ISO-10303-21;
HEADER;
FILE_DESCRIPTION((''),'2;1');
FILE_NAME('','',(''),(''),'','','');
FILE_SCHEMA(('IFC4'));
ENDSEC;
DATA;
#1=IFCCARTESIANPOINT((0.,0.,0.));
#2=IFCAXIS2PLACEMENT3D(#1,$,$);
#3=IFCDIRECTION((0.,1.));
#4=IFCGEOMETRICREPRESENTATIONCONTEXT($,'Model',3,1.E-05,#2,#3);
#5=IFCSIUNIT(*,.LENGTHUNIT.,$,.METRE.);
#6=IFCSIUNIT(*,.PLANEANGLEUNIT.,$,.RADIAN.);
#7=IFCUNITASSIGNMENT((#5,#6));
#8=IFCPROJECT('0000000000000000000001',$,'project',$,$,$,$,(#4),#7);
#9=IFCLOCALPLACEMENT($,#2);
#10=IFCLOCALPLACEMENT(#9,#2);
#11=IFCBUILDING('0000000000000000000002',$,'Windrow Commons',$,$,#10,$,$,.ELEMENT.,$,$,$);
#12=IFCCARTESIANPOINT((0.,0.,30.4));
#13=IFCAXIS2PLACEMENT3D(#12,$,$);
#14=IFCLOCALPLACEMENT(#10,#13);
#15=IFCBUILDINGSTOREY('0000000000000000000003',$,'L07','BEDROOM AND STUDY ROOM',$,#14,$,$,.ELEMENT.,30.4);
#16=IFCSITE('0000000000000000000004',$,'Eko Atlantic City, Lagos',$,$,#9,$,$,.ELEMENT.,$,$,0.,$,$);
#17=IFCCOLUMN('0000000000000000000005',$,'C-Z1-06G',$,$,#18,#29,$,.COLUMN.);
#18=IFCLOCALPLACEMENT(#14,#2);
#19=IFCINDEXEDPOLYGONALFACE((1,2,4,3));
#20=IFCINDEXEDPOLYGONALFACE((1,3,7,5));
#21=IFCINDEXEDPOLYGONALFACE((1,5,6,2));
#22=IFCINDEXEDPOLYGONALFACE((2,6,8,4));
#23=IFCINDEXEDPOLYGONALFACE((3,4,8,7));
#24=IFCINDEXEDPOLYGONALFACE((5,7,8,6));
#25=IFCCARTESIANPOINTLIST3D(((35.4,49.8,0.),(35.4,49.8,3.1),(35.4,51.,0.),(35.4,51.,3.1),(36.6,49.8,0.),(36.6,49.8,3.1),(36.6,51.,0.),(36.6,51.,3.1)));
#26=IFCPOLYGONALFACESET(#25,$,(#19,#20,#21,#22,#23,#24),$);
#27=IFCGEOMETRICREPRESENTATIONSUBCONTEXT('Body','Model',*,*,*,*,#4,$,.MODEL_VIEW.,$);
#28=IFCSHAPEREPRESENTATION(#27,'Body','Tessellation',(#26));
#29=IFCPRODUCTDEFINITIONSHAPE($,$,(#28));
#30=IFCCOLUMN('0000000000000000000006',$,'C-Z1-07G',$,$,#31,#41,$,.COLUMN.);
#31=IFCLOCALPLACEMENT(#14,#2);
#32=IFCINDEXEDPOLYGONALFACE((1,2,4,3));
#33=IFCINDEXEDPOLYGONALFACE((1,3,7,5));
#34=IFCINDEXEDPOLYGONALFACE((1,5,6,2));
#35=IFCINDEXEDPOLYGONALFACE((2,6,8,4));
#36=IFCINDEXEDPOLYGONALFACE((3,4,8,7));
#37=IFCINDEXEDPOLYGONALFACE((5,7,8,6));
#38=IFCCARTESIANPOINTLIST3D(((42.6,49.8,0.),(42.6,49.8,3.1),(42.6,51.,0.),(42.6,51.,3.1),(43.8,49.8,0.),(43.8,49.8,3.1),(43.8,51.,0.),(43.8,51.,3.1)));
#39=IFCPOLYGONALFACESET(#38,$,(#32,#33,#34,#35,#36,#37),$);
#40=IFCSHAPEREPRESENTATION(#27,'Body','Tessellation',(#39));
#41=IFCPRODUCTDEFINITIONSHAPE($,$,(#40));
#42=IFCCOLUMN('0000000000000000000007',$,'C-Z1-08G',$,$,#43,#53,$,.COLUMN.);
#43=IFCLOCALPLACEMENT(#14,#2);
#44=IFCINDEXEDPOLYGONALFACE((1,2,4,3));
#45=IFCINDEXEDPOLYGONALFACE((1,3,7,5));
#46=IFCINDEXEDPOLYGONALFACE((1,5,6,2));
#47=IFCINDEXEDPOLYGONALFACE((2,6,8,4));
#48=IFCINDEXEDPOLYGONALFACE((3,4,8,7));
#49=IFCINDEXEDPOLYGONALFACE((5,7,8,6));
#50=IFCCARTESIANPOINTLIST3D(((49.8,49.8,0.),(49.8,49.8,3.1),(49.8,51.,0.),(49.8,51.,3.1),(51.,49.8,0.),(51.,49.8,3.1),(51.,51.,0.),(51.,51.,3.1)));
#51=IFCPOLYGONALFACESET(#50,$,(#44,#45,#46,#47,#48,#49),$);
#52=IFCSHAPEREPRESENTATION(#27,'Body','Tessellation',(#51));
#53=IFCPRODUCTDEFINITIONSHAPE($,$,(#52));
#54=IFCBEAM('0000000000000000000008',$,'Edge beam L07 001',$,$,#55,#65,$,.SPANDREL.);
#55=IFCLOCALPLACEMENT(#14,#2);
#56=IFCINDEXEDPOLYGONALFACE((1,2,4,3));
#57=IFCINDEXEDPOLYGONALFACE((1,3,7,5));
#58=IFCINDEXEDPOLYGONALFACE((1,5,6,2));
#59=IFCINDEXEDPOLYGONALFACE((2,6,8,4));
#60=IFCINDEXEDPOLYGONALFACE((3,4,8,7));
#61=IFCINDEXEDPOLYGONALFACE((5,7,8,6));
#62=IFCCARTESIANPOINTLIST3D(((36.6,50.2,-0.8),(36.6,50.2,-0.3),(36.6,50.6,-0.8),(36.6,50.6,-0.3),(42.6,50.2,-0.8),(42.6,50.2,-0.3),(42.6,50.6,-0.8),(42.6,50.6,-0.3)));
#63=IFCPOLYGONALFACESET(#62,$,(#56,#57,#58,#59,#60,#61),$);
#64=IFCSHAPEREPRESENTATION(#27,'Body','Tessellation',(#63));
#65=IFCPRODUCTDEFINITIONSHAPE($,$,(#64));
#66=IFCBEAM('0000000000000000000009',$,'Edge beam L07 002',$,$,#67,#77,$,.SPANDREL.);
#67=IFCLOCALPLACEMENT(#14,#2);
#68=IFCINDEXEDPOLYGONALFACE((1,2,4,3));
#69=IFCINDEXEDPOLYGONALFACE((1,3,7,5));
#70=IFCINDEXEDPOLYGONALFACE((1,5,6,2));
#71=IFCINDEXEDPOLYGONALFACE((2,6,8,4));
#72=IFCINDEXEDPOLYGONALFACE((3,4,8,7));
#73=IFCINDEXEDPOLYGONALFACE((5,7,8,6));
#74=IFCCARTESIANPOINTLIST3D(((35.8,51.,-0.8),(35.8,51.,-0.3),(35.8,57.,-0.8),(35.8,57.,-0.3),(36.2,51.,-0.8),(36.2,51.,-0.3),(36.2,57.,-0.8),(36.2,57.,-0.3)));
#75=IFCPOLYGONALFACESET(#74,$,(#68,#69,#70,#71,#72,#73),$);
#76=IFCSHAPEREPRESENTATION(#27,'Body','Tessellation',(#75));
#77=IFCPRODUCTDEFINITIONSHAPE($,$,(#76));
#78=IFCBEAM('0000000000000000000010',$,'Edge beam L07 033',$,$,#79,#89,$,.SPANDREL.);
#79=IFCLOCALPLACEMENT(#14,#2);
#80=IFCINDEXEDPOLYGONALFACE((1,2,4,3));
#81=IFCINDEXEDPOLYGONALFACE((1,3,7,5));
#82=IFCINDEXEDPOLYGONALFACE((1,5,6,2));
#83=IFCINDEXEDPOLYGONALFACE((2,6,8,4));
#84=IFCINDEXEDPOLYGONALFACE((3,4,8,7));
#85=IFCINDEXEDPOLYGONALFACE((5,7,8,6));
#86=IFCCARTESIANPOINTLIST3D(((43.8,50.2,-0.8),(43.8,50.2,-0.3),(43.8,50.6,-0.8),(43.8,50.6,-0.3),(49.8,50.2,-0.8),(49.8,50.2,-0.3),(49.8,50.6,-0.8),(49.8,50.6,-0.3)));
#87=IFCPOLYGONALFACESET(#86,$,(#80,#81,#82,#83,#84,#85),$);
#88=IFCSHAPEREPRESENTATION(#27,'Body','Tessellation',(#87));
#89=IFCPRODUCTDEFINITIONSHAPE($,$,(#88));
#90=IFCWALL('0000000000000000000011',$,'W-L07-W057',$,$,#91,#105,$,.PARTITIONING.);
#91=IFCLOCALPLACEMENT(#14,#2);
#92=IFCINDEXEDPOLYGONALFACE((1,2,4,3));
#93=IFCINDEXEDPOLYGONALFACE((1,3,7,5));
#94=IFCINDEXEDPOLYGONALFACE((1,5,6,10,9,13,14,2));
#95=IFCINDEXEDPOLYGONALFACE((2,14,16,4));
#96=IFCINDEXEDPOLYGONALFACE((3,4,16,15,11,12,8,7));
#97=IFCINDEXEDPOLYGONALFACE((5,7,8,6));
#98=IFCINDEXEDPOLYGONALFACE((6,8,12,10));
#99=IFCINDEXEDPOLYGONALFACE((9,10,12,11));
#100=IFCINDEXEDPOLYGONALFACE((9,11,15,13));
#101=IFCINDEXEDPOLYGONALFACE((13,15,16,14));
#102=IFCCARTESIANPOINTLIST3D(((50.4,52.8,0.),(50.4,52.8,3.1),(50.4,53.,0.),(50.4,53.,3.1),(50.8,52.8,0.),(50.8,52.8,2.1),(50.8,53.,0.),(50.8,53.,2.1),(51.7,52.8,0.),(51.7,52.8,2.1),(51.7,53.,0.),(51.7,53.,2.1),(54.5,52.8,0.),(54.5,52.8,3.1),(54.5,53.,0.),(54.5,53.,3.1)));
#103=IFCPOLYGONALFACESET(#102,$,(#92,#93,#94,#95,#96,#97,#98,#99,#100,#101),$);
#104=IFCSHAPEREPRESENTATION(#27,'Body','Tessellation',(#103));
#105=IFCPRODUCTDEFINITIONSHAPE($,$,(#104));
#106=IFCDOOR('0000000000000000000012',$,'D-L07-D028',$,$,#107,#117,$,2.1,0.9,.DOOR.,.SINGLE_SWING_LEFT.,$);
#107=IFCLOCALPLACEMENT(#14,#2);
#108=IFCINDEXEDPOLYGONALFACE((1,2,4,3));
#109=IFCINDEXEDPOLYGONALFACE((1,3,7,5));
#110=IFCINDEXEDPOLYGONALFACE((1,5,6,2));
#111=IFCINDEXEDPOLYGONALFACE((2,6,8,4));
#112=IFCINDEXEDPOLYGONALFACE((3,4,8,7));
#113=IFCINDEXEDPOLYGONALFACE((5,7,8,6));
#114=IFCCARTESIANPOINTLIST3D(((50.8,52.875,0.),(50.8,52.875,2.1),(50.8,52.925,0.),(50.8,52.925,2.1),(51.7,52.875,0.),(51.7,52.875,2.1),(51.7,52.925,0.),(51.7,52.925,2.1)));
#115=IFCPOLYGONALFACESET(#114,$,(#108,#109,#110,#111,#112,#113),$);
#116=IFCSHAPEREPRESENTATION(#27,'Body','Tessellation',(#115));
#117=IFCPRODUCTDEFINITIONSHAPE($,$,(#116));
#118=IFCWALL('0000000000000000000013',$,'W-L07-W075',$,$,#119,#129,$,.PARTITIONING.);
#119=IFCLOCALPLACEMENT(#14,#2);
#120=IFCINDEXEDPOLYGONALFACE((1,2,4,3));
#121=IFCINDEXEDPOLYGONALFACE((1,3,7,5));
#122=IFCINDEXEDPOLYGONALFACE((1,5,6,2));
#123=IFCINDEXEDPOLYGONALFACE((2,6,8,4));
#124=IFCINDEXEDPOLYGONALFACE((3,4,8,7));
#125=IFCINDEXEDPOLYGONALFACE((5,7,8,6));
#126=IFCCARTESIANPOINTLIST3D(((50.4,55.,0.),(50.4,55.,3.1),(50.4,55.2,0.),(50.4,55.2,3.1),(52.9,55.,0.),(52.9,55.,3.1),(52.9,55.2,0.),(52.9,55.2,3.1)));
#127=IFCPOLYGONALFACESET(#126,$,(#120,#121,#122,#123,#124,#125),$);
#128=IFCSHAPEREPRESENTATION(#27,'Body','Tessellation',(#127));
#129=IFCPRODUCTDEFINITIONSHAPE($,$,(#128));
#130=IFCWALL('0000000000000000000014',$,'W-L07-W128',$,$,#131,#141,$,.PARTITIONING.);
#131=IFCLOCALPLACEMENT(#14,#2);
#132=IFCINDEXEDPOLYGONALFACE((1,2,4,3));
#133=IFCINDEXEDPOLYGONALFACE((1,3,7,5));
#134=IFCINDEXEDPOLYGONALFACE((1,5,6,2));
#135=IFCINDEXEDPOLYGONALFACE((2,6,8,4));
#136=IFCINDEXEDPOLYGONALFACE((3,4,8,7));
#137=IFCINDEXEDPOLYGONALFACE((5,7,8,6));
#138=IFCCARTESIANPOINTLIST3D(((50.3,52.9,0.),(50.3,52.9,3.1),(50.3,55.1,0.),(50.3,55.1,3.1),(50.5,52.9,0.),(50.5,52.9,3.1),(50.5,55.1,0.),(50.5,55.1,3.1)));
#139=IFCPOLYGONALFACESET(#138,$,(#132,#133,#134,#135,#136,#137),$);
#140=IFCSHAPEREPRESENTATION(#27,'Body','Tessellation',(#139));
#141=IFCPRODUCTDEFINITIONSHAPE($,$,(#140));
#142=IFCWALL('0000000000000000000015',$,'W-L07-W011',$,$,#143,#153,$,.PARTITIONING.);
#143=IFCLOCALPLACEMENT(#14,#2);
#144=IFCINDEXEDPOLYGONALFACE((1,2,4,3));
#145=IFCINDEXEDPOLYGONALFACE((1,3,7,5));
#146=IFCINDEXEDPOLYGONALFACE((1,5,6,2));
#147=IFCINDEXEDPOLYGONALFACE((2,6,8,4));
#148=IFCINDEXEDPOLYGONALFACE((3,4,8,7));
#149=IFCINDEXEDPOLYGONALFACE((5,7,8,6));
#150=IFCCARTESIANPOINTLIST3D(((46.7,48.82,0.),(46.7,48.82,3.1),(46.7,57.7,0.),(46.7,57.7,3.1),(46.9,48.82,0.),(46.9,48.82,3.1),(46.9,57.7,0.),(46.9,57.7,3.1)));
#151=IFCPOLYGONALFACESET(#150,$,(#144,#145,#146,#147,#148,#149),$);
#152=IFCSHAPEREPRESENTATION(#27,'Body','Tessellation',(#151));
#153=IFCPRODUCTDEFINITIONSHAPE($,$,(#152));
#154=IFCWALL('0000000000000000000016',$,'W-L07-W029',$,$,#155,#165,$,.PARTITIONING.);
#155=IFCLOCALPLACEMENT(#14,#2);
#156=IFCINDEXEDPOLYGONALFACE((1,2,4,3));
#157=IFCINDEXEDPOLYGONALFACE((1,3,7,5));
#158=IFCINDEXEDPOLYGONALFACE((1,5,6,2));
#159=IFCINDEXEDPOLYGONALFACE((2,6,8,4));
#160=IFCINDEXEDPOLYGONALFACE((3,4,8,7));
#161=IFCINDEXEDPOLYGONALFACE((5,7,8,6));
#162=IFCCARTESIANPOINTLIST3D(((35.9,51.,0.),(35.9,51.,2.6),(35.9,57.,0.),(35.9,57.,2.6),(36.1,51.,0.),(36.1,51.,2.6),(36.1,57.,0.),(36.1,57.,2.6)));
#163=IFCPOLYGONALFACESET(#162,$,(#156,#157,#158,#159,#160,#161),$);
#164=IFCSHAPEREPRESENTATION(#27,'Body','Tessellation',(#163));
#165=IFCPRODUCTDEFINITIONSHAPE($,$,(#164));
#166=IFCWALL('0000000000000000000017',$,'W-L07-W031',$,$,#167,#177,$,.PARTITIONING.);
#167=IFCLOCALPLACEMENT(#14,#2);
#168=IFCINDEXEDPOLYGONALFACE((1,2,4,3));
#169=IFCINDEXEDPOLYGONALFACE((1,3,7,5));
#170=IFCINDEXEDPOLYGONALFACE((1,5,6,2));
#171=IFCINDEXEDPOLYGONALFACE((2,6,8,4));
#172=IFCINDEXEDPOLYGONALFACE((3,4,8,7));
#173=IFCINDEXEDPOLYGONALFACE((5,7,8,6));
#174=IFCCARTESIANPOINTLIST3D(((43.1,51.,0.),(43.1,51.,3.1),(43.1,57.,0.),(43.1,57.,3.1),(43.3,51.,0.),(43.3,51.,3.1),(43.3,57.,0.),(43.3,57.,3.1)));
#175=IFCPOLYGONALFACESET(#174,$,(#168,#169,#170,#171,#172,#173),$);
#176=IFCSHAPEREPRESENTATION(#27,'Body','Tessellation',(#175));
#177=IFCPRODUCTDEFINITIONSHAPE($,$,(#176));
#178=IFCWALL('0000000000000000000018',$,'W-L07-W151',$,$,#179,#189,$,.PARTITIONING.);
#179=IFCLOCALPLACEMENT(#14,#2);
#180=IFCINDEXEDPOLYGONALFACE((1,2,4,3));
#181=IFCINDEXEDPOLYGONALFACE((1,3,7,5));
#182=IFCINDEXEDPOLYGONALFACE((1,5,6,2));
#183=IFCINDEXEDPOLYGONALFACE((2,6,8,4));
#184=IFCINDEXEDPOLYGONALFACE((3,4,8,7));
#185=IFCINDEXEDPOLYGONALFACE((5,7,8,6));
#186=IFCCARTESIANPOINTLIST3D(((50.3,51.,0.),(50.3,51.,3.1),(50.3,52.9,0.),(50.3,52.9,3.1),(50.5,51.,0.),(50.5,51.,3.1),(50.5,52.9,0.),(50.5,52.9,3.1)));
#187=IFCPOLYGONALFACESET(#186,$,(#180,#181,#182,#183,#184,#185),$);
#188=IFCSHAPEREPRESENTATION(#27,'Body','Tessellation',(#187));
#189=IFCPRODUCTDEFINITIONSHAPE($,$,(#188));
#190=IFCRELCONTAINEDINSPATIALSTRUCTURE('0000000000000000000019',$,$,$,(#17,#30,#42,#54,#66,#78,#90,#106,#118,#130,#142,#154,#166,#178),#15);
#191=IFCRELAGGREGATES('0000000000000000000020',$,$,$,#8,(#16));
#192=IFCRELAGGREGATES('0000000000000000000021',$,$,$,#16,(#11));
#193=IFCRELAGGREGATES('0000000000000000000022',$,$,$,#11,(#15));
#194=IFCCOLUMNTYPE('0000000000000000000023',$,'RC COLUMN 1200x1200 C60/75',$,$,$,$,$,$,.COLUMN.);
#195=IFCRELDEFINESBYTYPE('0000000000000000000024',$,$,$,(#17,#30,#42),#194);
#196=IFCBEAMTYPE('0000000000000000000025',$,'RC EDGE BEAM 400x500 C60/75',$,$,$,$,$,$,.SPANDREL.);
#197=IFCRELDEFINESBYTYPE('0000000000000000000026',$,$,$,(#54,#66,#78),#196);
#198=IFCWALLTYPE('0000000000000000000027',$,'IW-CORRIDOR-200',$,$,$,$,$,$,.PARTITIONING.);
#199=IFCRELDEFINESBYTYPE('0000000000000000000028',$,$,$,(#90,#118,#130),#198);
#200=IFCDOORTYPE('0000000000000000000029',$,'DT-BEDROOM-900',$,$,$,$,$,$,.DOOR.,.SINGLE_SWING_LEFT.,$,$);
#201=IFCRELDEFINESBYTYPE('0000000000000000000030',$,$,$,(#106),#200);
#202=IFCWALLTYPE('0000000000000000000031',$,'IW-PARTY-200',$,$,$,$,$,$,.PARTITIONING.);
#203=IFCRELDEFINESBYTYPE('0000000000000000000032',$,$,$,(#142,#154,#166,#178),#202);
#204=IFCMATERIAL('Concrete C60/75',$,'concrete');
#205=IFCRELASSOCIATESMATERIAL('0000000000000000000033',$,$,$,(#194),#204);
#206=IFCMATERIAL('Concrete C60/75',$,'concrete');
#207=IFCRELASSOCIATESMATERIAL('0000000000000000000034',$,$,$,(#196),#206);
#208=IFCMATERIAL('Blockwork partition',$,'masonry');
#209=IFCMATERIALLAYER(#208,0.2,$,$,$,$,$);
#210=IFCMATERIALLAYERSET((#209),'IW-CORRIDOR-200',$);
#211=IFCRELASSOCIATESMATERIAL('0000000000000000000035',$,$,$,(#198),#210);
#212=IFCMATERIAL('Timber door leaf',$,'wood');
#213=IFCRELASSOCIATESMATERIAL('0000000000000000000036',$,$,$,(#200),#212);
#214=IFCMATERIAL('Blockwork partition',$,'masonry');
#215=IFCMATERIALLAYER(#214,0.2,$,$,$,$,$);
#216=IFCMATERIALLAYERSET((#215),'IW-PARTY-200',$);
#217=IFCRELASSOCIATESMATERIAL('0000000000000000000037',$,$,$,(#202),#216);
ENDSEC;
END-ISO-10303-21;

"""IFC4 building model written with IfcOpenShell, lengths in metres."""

from ifc_helpers import new_model, si_unit, direction, frame, frame_2d, origin, origin_2d, place, context, subcontext, project, spatial, rectangle, extrude, material, layer, layer_set, material_profile, profile_set, type_object, element, fill, save


model = new_model("IFC4")

# Units and contexts
model_context = context("Model", 3, precision=1e-05, world=origin(), true_north=direction((0.0, 1.0)))
body_context = subcontext(model_context, "Body", "Model", "MODEL_VIEW")
ifc_project = project(units=[si_unit("LENGTHUNIT", "METRE"), si_unit("PLANEANGLEUNIT", "RADIAN")], contexts=[model_context])

# Site, building, storey
site_placement = place(None, origin())
site = spatial("IfcSite", under=ifc_project, at=site_placement, Name="Eko Atlantic City, Lagos", CompositionType="ELEMENT", RefElevation=0.0)
building_placement = place(site_placement, origin())
building = spatial("IfcBuilding", under=site, at=building_placement, Name="Windrow Commons", CompositionType="ELEMENT")
storey_placement = place(building_placement, frame((0.0, 0.0, 30.4)))
storey = spatial("IfcBuildingStorey", under=building, at=storey_placement, Name="L07", Description="BEDROOM AND STUDY ROOM", CompositionType="ELEMENT", Elevation=30.4)

# Columns
ifc_material_1 = material(Name="Concrete C60/75", Category="concrete")
ifc_material_profile_1 = material_profile(ifc_material_1, rectangle(XDim=1.2, YDim=1.2, at=origin_2d()))
ifc_profile_set_1 = profile_set([ifc_material_profile_1], Name="Concrete C60/75")
column_type = type_object("IfcColumnType", Name="RC COLUMN 1200x1200 C60/75", PredefinedType="COLUMN", material=ifc_profile_set_1)
for number, where, z_axis, x_axis, name in (
    (1, (36.0, 50.4, 0.0), (0.0, 0.0, 1.0), (1.0, 0.0, 0.0), "C-Z1-06G"),
    (2, (43.2, 50.4, 0.0), (0.0, 0.0, 1.0), (1.0, 0.0, 0.0), "C-Z1-07G"),
    (3, (50.4, 50.4, 0.0), (0.0, 0.0, 1.0), (1.0, 0.0, 0.0), "C-Z1-08G"),
):
    element("IfcColumn", number, at=place(storey_placement, frame(where, z_axis=z_axis, x_axis=x_axis)), inside=storey, type_object=column_type, Name=name, PredefinedType="COLUMN", context=body_context, shape_type="SweptSolid", body=[
        extrude(rectangle(XDim=1.2, YDim=1.2, at=origin_2d()), origin(), (0.0, 0.0, 1.0), 3.1),
    ])

# Beams
ifc_material_2 = material(Name="Concrete C60/75", Category="concrete")
ifc_material_profile_2 = material_profile(ifc_material_2, rectangle(XDim=0.4, YDim=0.5, at=origin_2d()))
ifc_profile_set_2 = profile_set([ifc_material_profile_2], Name="Concrete C60/75")
beam_type = type_object("IfcBeamType", Name="RC EDGE BEAM 400x500 C60/75", PredefinedType="SPANDREL", material=ifc_profile_set_2)
for number, where, z_axis, x_axis, name in (
    (4, (42.6, 50.4, -0.55), (-1.0, 0.0, 0.0), (0.0, -1.0, 0.0), "Edge beam L07 001"),
    (5, (36.0, 51.0, -0.55), (0.0, 1.0, 0.0), (-1.0, 0.0, 0.0), "Edge beam L07 002"),
    (6, (49.8, 50.4, -0.55), (-1.0, 0.0, 0.0), (0.0, -1.0, 0.0), "Edge beam L07 033"),
):
    element("IfcBeam", number, at=place(storey_placement, frame(where, z_axis=z_axis, x_axis=x_axis)), inside=storey, type_object=beam_type, Name=name, PredefinedType="SPANDREL", context=body_context, shape_type="SweptSolid", body=[
        extrude(rectangle(XDim=0.4, YDim=0.5, at=origin_2d()), origin(), (0.0, 0.0, 1.0), 6.0),
    ])

# Wall, opening, door
ifc_material_3 = material(Name="Blockwork partition", Category="masonry")
ifc_layer_1 = layer(ifc_material_3, 0.2)
ifc_layer_set_1 = layer_set([ifc_layer_1], Name="IW-CORRIDOR-200")
wall_type_1 = type_object("IfcWallType", Name="IW-CORRIDOR-200", PredefinedType="PARTITIONING", material=ifc_layer_set_1)
wall_1_placement = place(storey_placement, frame((50.4, 52.9, 0.0), z_axis=(0.0, 0.0, 1.0), x_axis=(1.0, 0.0, 0.0)))
wall_1 = element("IfcWall", 7, at=wall_1_placement, inside=storey, type_object=wall_type_1, Name="W-L07-W057", PredefinedType="PARTITIONING", context=body_context, shape_type="SweptSolid", body=[
    extrude(rectangle(XDim=4.1, YDim=0.2, at=frame_2d((2.05, 0.0))), origin(), (0.0, 0.0, 1.0), 3.1),
])
opening_placement = place(wall_1_placement, frame((0.4, 0.0, 0.0)))
opening = element("IfcOpeningElement", 8, at=opening_placement, cuts=wall_1, PredefinedType="OPENING", context=body_context, shape_type="SweptSolid", body=[
    extrude(rectangle(XDim=0.9, YDim=2.1, at=frame_2d((0.45, 1.05))), frame((0.0, 0.11, 0.0), z_axis=(0.0, -1.0, 0.0), x_axis=(1.0, 0.0, 0.0)), (0.0, 0.0, 1.0), 0.22),
])
ifc_material_4 = material(Name="Timber door leaf", Category="wood")
door_type = type_object("IfcDoorType", Name="DT-BEDROOM-900", OperationType="SINGLE_SWING_LEFT", PredefinedType="DOOR", material=ifc_material_4)
door_placement = place(opening_placement, origin())
door = element("IfcDoor", 9, at=door_placement, inside=storey, type_object=door_type, Name="D-L07-D028", OperationType="SINGLE_SWING_LEFT", OverallHeight=2.1, OverallWidth=0.9, PredefinedType="DOOR", context=body_context, shape_type="SweptSolid", body=[
    extrude(rectangle(XDim=0.9, YDim=2.1, at=frame_2d((0.45, 1.05))), frame((0.0, 0.025, 0.0), z_axis=(0.0, -1.0, 0.0), x_axis=(1.0, 0.0, 0.0)), (0.0, 0.0, 1.0), 0.05),
])
fill(opening, door)

# Walls
wall_2_placement = place(storey_placement, frame((50.4, 55.1, 0.0), z_axis=(0.0, 0.0, 1.0), x_axis=(1.0, 0.0, 0.0)))
element("IfcWall", 10, at=wall_2_placement, inside=storey, type_object=wall_type_1, Name="W-L07-W075", PredefinedType="PARTITIONING", context=body_context, shape_type="SweptSolid", body=[
    extrude(rectangle(XDim=2.5, YDim=0.2, at=frame_2d((1.25, 0.0))), origin(), (0.0, 0.0, 1.0), 3.1),
])
wall_3_placement = place(storey_placement, frame((50.4, 52.9, 0.0), z_axis=(0.0, 0.0, 1.0), x_axis=(0.0, 1.0, 0.0)))
element("IfcWall", 11, at=wall_3_placement, inside=storey, type_object=wall_type_1, Name="W-L07-W128", PredefinedType="PARTITIONING", context=body_context, shape_type="SweptSolid", body=[
    extrude(rectangle(XDim=2.2, YDim=0.2, at=frame_2d((1.1, 0.0))), origin(), (0.0, 0.0, 1.0), 3.1),
])
ifc_material_5 = material(Name="Blockwork partition", Category="masonry")
ifc_layer_2 = layer(ifc_material_5, 0.2)
ifc_layer_set_2 = layer_set([ifc_layer_2], Name="IW-PARTY-200")
wall_type_2 = type_object("IfcWallType", Name="IW-PARTY-200", PredefinedType="PARTITIONING", material=ifc_layer_set_2)
wall_4_placement = place(storey_placement, frame((46.8, 48.82, 0.0), z_axis=(0.0, 0.0, 1.0), x_axis=(0.0, 1.0, 0.0)))
element("IfcWall", 12, at=wall_4_placement, inside=storey, type_object=wall_type_2, Name="W-L07-W011", PredefinedType="PARTITIONING", context=body_context, shape_type="SweptSolid", body=[
    extrude(rectangle(XDim=8.88, YDim=0.2, at=frame_2d((4.44, 0.0))), origin(), (0.0, 0.0, 1.0), 3.1),
])
wall_5_placement = place(storey_placement, frame((36.0, 51.0, 0.0), z_axis=(0.0, 0.0, 1.0), x_axis=(0.0, 1.0, 0.0)))
element("IfcWall", 13, at=wall_5_placement, inside=storey, type_object=wall_type_2, Name="W-L07-W029", PredefinedType="PARTITIONING", context=body_context, shape_type="SweptSolid", body=[
    extrude(rectangle(XDim=6.0, YDim=0.2, at=frame_2d((3.0, 0.0))), origin(), (0.0, 0.0, 1.0), 2.6),
])
wall_6_placement = place(storey_placement, frame((43.2, 51.0, 0.0), z_axis=(0.0, 0.0, 1.0), x_axis=(0.0, 1.0, 0.0)))
element("IfcWall", 14, at=wall_6_placement, inside=storey, type_object=wall_type_2, Name="W-L07-W031", PredefinedType="PARTITIONING", context=body_context, shape_type="SweptSolid", body=[
    extrude(rectangle(XDim=6.0, YDim=0.2, at=frame_2d((3.0, 0.0))), origin(), (0.0, 0.0, 1.0), 3.1),
])
wall_7_placement = place(storey_placement, frame((50.4, 51.0, 0.0), z_axis=(0.0, 0.0, 1.0), x_axis=(0.0, 1.0, 0.0)))
element("IfcWall", 15, at=wall_7_placement, inside=storey, type_object=wall_type_2, Name="W-L07-W151", PredefinedType="PARTITIONING", context=body_context, shape_type="SweptSolid", body=[
    extrude(rectangle(XDim=1.9, YDim=0.2, at=frame_2d((0.95, 0.0))), origin(), (0.0, 0.0, 1.0), 3.1),
])

save(model, "model.ifc")
